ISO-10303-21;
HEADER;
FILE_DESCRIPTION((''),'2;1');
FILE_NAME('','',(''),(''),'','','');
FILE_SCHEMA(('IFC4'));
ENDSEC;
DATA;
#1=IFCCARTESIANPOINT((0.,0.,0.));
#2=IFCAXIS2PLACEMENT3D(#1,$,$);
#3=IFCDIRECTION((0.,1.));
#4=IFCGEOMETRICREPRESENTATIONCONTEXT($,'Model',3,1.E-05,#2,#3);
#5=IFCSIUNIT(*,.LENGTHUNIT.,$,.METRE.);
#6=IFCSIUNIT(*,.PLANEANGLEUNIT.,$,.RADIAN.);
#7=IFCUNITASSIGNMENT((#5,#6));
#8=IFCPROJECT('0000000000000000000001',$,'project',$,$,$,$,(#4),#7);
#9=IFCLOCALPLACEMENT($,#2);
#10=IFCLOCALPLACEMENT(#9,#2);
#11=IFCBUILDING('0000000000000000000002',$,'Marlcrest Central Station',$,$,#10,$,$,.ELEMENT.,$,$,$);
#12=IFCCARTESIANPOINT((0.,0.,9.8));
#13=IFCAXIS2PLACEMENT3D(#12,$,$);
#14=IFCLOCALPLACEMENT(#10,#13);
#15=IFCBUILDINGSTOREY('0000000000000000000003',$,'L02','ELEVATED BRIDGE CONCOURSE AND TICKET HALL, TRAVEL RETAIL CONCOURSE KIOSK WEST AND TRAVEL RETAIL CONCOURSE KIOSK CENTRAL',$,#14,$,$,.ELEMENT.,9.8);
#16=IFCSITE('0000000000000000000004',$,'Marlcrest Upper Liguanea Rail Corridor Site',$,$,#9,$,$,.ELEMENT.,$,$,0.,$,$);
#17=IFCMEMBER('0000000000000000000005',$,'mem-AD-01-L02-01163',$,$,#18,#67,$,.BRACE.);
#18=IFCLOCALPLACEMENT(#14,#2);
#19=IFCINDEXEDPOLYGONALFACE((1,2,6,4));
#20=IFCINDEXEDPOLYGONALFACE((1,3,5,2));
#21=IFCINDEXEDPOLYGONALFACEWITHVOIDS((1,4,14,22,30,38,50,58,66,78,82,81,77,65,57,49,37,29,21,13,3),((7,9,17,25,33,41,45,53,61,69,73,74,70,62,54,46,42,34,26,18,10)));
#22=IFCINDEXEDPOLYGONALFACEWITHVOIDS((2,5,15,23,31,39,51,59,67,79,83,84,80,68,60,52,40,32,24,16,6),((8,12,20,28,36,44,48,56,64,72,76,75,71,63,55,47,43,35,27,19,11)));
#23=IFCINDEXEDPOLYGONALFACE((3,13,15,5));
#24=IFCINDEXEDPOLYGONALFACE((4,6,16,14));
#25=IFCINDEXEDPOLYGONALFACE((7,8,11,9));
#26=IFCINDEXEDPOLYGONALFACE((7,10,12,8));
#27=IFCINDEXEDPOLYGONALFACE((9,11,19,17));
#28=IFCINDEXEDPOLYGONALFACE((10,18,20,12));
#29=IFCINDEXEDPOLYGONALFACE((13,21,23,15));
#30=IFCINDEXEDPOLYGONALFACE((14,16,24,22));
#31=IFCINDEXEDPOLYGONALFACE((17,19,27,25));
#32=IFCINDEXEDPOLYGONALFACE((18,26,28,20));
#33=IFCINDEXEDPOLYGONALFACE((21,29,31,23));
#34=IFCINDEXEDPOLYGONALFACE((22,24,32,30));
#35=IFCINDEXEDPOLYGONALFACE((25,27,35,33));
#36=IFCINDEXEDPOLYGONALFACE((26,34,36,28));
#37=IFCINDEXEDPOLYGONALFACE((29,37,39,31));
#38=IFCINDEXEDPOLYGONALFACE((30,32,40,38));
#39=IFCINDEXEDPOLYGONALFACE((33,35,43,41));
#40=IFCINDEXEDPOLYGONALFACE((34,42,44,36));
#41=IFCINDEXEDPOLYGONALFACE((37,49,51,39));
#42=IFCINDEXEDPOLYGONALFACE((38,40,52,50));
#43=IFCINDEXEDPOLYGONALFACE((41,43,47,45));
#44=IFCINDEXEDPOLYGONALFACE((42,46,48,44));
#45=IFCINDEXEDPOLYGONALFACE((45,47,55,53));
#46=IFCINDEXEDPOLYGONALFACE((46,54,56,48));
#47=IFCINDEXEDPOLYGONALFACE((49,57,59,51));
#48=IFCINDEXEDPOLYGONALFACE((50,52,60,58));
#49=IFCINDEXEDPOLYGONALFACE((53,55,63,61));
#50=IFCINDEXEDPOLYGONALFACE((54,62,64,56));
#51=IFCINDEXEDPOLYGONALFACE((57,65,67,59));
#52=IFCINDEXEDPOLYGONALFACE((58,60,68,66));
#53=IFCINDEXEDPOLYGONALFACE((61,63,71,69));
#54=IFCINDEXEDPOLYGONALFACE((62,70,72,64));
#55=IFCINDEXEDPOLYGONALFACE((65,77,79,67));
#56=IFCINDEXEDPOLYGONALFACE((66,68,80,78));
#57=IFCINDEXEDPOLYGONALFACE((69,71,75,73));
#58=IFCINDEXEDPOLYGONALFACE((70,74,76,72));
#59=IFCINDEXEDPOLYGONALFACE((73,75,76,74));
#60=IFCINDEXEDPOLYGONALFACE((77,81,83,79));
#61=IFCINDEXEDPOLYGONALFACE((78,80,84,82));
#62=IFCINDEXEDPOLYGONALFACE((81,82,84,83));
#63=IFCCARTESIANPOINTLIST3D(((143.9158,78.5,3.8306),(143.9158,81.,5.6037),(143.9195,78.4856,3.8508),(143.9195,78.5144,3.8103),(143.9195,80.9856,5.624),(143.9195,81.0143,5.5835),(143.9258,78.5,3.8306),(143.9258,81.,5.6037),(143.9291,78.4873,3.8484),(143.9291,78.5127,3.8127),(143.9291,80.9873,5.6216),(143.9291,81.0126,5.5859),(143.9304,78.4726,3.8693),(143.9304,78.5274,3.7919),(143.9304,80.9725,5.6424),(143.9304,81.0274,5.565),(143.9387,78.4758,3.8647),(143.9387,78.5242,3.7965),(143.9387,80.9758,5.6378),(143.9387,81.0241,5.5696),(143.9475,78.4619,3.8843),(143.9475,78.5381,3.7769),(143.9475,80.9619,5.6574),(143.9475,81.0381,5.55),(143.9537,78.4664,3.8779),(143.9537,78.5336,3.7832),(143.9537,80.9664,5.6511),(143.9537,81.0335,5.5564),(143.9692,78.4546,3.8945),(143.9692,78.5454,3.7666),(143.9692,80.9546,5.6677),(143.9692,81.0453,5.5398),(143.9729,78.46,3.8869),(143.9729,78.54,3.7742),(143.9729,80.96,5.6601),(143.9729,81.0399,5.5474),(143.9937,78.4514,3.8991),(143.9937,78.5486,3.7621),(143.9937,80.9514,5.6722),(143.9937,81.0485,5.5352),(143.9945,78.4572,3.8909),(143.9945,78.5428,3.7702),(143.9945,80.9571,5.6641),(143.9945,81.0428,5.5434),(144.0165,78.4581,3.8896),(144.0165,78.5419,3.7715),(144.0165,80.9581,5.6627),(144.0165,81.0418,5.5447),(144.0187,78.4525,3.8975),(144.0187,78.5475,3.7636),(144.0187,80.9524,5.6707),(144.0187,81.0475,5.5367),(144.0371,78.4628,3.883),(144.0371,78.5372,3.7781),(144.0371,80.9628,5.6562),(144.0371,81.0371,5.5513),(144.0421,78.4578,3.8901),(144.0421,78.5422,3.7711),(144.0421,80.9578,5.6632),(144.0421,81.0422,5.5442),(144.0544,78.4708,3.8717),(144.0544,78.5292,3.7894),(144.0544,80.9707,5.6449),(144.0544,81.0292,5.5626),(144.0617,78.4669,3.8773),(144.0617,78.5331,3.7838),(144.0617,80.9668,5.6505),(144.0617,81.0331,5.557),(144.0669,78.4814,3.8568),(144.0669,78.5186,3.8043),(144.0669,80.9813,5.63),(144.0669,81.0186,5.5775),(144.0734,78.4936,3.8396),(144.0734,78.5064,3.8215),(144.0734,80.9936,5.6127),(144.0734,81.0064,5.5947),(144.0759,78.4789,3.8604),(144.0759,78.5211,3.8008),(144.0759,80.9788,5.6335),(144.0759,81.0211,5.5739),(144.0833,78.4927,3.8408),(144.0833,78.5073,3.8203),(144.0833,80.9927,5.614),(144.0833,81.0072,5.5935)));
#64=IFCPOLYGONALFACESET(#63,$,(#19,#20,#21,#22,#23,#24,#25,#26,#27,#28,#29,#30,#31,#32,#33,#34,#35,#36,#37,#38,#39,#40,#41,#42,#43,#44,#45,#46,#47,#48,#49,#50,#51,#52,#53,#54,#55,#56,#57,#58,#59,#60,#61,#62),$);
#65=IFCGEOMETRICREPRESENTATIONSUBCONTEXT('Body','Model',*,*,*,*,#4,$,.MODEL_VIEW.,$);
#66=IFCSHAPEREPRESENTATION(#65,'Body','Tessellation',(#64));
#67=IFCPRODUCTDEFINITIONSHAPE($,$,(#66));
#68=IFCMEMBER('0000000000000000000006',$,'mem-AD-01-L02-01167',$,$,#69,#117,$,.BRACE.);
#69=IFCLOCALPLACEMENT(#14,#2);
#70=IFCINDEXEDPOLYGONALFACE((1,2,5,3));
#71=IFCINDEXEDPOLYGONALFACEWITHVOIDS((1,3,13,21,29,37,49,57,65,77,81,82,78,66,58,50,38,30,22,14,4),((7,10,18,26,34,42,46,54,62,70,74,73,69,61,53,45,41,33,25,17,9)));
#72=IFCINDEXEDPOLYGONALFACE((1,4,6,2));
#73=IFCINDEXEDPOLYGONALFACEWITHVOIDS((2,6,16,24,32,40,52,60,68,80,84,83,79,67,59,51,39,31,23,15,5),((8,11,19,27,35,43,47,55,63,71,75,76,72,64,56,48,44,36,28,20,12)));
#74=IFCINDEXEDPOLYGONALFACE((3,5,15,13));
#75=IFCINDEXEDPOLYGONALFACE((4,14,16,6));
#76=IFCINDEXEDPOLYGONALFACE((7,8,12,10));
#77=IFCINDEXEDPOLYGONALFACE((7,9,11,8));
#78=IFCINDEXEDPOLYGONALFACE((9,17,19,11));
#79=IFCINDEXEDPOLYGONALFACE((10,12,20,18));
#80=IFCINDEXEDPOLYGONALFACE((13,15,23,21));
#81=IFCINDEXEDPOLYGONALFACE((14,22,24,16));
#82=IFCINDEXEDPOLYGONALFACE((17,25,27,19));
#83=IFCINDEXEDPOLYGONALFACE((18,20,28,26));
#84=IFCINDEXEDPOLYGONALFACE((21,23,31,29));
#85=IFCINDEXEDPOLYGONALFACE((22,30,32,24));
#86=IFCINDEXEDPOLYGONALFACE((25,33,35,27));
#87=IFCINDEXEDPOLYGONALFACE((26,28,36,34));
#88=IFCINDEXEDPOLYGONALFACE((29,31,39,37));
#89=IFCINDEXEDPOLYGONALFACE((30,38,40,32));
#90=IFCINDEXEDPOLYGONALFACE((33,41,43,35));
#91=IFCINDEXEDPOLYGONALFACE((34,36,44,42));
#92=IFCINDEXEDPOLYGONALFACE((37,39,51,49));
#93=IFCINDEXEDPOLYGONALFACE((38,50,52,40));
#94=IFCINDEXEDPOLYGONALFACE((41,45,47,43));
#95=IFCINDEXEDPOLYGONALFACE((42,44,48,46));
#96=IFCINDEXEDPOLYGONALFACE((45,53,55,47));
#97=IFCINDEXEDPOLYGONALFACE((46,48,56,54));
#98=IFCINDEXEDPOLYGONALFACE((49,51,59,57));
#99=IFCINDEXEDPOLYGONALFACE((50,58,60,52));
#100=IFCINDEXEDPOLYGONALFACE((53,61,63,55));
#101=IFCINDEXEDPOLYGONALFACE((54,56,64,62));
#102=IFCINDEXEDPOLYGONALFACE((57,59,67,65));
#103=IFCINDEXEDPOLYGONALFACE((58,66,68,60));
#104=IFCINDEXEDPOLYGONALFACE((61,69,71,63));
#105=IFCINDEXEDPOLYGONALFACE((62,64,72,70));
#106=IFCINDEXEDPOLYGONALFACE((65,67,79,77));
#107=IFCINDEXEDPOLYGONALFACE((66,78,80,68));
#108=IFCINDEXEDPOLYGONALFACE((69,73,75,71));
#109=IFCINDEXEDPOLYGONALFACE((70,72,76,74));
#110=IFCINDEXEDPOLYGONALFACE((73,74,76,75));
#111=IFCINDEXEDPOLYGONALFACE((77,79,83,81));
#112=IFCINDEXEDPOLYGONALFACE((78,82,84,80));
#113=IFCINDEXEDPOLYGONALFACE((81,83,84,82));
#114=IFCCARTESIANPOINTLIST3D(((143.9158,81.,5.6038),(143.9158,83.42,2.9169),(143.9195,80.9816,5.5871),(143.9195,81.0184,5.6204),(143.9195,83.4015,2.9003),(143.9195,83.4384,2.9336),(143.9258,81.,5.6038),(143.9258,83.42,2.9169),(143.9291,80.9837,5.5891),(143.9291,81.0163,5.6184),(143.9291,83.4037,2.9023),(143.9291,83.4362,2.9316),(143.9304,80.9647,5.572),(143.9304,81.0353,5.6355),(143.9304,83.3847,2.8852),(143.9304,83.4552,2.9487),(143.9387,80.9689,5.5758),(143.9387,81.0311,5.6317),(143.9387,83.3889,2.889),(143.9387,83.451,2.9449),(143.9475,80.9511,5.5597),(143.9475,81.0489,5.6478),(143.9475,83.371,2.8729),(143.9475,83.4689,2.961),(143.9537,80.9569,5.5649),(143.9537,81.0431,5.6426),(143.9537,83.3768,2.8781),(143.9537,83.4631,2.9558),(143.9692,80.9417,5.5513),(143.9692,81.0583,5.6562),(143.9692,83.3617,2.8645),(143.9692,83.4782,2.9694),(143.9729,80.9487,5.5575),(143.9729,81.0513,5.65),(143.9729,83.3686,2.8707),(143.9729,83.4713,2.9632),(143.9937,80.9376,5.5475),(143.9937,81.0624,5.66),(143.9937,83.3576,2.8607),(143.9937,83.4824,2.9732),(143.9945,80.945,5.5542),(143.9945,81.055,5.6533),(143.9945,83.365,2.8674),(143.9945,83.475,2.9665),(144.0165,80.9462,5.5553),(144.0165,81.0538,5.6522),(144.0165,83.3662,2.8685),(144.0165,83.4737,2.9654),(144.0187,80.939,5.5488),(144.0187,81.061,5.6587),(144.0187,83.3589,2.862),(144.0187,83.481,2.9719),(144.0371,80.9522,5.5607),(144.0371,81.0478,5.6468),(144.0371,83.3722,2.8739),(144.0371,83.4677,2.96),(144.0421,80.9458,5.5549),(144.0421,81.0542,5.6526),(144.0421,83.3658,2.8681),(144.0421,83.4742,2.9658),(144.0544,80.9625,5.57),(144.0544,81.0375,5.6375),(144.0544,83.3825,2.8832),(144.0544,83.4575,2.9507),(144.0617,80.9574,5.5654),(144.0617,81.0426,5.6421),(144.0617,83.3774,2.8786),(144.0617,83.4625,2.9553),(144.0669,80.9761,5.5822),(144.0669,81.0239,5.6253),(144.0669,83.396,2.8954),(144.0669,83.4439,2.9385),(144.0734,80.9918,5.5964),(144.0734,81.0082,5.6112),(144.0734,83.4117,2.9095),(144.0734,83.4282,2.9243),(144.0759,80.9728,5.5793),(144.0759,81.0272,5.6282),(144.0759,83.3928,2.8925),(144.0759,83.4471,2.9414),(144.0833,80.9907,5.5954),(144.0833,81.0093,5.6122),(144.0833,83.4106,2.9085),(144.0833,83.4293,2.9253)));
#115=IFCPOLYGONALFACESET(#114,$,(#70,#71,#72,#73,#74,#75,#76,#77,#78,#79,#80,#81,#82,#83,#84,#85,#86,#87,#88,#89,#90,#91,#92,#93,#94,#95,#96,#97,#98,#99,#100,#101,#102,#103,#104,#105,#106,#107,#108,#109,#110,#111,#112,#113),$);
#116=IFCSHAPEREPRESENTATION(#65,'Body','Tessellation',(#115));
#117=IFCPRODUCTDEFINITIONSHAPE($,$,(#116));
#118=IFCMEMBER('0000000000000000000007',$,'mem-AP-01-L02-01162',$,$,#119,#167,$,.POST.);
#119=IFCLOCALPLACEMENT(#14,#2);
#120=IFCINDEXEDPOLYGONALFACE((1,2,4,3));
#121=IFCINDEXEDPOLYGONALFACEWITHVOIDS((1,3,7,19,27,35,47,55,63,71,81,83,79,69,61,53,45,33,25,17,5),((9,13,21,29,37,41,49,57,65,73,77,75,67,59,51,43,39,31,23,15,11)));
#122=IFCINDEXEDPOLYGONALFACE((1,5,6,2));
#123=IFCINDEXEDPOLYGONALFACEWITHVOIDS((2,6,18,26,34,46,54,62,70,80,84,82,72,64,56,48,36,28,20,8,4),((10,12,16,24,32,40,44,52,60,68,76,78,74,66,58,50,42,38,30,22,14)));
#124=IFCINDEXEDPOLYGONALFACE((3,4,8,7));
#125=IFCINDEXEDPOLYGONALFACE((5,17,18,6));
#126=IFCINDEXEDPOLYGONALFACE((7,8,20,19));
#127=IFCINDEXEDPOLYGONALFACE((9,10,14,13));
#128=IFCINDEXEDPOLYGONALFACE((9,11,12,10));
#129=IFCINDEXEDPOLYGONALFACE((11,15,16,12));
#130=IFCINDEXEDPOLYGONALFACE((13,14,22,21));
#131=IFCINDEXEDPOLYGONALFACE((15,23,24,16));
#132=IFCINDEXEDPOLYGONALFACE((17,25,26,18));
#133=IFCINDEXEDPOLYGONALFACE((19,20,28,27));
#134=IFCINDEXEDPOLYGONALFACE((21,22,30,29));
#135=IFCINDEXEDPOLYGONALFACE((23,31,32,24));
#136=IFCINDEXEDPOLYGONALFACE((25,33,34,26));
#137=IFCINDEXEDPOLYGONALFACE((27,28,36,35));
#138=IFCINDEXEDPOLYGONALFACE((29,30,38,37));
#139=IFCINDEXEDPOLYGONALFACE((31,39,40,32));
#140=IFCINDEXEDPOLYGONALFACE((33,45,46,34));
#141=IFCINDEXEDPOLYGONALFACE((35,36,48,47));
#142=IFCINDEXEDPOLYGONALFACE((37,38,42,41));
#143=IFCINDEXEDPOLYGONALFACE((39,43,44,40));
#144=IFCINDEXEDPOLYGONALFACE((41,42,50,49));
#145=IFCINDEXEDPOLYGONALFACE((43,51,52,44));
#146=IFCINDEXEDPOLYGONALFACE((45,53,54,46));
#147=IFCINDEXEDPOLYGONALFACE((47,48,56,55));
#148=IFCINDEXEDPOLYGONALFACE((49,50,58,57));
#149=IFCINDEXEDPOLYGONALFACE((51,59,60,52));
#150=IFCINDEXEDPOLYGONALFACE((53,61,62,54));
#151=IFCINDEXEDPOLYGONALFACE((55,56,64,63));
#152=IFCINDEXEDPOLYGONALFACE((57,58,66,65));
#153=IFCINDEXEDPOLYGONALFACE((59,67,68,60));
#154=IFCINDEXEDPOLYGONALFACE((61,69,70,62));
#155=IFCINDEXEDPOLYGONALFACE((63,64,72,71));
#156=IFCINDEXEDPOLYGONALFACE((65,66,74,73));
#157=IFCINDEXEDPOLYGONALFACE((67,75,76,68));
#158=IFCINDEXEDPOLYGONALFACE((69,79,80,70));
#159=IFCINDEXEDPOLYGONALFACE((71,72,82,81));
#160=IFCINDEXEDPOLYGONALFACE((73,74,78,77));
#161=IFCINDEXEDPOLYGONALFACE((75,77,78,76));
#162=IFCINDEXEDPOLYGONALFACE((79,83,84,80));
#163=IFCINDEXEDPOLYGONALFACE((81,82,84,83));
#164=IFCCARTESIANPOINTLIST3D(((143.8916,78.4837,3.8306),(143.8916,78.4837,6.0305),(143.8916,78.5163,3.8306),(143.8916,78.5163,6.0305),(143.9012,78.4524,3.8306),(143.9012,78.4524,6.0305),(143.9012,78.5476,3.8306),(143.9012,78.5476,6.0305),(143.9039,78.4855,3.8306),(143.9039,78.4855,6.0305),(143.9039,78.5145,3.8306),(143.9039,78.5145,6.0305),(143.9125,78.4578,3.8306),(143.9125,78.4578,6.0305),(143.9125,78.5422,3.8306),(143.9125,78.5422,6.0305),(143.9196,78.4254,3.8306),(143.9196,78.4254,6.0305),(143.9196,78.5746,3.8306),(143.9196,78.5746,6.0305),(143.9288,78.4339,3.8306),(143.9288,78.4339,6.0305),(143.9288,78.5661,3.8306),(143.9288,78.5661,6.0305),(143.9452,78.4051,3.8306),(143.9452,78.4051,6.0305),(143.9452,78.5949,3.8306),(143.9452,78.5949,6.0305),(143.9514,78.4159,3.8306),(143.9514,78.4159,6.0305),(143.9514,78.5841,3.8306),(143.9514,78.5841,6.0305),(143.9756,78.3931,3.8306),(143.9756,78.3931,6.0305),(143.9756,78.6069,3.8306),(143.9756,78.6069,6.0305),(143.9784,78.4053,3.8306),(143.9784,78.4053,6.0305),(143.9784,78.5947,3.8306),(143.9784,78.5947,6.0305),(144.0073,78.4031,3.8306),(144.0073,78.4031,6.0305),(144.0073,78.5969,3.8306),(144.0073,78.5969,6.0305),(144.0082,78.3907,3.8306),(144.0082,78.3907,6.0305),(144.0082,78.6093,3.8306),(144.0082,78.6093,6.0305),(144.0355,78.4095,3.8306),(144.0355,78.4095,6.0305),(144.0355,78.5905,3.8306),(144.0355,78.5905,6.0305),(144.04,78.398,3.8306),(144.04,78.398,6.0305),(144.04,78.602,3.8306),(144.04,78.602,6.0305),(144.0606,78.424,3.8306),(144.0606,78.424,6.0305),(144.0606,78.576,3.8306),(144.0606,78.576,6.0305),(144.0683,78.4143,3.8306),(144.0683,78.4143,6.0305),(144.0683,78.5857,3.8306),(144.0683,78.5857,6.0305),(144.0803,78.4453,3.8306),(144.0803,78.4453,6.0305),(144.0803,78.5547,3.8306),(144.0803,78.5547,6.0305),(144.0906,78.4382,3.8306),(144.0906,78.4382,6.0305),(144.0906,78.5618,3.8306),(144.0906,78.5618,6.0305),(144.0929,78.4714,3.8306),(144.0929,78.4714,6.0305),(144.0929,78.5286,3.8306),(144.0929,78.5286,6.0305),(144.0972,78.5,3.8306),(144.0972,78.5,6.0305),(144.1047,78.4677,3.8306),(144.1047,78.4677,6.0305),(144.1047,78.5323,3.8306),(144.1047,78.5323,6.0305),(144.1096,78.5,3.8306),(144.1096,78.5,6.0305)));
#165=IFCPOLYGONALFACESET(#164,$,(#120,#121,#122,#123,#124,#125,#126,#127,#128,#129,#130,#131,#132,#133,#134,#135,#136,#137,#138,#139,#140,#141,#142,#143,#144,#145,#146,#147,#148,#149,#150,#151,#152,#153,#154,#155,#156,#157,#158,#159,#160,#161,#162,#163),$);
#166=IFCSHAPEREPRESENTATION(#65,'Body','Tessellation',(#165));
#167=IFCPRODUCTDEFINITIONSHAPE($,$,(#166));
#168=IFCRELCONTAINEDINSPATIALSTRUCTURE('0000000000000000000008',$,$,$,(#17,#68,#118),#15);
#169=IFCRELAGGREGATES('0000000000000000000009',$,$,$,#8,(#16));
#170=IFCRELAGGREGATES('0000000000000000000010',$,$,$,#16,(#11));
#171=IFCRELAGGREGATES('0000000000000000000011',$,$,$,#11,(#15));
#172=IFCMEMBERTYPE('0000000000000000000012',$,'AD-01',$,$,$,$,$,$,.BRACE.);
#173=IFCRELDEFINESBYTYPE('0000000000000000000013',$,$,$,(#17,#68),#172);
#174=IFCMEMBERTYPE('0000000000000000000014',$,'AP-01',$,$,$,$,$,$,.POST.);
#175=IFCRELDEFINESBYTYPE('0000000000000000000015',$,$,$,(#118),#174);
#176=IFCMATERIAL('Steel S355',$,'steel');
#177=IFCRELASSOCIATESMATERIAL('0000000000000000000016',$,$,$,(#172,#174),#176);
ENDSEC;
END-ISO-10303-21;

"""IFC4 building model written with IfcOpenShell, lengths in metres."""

from ifc_helpers import new_model, si_unit, direction, frame, origin, origin_2d, place, context, subcontext, project, spatial, hollow_circle, extrude, material, material_profile, profile_set, type_object, element, save


model = new_model("IFC4")

# Units and contexts
model_context = context("Model", 3, precision=1e-05, world=origin(), true_north=direction((0.0, 1.0)))
body_context = subcontext(model_context, "Body", "Model", "MODEL_VIEW")
ifc_project = project(units=[si_unit("LENGTHUNIT", "METRE"), si_unit("PLANEANGLEUNIT", "RADIAN")], contexts=[model_context])

# Site, building, storey
site_placement = place(None, origin())
site = spatial("IfcSite", under=ifc_project, at=site_placement, Name="Marlcrest Upper Liguanea Rail Corridor Site", CompositionType="ELEMENT", RefElevation=0.0)
building_placement = place(site_placement, origin())
building = spatial("IfcBuilding", under=site, at=building_placement, Name="Marlcrest Central Station", CompositionType="ELEMENT")
storey_placement = place(building_placement, frame((0.0, 0.0, 9.8)))
storey = spatial("IfcBuildingStorey", under=building, at=storey_placement, Name="L02", Description="ELEVATED BRIDGE CONCOURSE AND TICKET HALL, TRAVEL RETAIL CONCOURSE KIOSK WEST AND TRAVEL RETAIL CONCOURSE KIOSK CENTRAL", CompositionType="ELEMENT", Elevation=9.8)

# Members
ifc_material_1 = material(Name="Steel S355", Category="steel")
ifc_material_profile_1 = material_profile(ifc_material_1, hollow_circle(Radius=0.0842, WallThickness=0.01, at=origin_2d()), Name="CHS 168.3x10")
ifc_profile_set_1 = profile_set([ifc_material_profile_1], Name="Steel S355")
member_type_1 = type_object("IfcMemberType", Name="AD-01", PredefinedType="BRACE", material=ifc_profile_set_1)
member_1_placement = place(storey_placement, frame((144.0, 78.5, 3.8306), z_axis=(0.0, 0.815661, 0.57853), x_axis=(-1.0, 0.0, 0.0)))
element("IfcMember", 1, at=member_1_placement, inside=storey, type_object=member_type_1, Name="mem-AD-01-L02-01163", PredefinedType="BRACE", context=body_context, shape_type="SweptSolid", body=[
    extrude(hollow_circle(Radius=0.0842, WallThickness=0.01, at=origin_2d()), origin(), (0.0, 0.0, 1.0), 3.0649),
])
member_2_placement = place(storey_placement, frame((144.0, 81.0, 5.6038), z_axis=(0.0, 0.669244, -0.743042), x_axis=(-1.0, 0.0, 0.0)))
element("IfcMember", 2, at=member_2_placement, inside=storey, type_object=member_type_1, Name="mem-AD-01-L02-01167", PredefinedType="BRACE", context=body_context, shape_type="SweptSolid", body=[
    extrude(hollow_circle(Radius=0.0842, WallThickness=0.01, at=origin_2d()), origin(), (0.0, 0.0, 1.0), 3.616),
])
ifc_material_profile_2 = material_profile(ifc_material_1, hollow_circle(Radius=0.1096, WallThickness=0.0125, at=origin_2d()), Name="CHS 219.1x12.5")
ifc_profile_set_2 = profile_set([ifc_material_profile_2], Name="Steel S355")
member_type_2 = type_object("IfcMemberType", Name="AP-01", PredefinedType="POST", material=ifc_profile_set_2)
for number, where, z_axis, x_axis, name in (
    (3, (144.0, 78.5, 3.8306), (0.0, 0.0, 1.0), (1.0, 0.0, 0.0), "mem-AP-01-L02-01162"),
):
    element("IfcMember", number, at=place(storey_placement, frame(where, z_axis=z_axis, x_axis=x_axis)), inside=storey, type_object=member_type_2, Name=name, PredefinedType="POST", context=body_context, shape_type="SweptSolid", body=[
        extrude(hollow_circle(Radius=0.1096, WallThickness=0.0125, at=origin_2d()), origin(), (0.0, 0.0, 1.0), 2.2),
    ])

save(model, "model.ifc")
